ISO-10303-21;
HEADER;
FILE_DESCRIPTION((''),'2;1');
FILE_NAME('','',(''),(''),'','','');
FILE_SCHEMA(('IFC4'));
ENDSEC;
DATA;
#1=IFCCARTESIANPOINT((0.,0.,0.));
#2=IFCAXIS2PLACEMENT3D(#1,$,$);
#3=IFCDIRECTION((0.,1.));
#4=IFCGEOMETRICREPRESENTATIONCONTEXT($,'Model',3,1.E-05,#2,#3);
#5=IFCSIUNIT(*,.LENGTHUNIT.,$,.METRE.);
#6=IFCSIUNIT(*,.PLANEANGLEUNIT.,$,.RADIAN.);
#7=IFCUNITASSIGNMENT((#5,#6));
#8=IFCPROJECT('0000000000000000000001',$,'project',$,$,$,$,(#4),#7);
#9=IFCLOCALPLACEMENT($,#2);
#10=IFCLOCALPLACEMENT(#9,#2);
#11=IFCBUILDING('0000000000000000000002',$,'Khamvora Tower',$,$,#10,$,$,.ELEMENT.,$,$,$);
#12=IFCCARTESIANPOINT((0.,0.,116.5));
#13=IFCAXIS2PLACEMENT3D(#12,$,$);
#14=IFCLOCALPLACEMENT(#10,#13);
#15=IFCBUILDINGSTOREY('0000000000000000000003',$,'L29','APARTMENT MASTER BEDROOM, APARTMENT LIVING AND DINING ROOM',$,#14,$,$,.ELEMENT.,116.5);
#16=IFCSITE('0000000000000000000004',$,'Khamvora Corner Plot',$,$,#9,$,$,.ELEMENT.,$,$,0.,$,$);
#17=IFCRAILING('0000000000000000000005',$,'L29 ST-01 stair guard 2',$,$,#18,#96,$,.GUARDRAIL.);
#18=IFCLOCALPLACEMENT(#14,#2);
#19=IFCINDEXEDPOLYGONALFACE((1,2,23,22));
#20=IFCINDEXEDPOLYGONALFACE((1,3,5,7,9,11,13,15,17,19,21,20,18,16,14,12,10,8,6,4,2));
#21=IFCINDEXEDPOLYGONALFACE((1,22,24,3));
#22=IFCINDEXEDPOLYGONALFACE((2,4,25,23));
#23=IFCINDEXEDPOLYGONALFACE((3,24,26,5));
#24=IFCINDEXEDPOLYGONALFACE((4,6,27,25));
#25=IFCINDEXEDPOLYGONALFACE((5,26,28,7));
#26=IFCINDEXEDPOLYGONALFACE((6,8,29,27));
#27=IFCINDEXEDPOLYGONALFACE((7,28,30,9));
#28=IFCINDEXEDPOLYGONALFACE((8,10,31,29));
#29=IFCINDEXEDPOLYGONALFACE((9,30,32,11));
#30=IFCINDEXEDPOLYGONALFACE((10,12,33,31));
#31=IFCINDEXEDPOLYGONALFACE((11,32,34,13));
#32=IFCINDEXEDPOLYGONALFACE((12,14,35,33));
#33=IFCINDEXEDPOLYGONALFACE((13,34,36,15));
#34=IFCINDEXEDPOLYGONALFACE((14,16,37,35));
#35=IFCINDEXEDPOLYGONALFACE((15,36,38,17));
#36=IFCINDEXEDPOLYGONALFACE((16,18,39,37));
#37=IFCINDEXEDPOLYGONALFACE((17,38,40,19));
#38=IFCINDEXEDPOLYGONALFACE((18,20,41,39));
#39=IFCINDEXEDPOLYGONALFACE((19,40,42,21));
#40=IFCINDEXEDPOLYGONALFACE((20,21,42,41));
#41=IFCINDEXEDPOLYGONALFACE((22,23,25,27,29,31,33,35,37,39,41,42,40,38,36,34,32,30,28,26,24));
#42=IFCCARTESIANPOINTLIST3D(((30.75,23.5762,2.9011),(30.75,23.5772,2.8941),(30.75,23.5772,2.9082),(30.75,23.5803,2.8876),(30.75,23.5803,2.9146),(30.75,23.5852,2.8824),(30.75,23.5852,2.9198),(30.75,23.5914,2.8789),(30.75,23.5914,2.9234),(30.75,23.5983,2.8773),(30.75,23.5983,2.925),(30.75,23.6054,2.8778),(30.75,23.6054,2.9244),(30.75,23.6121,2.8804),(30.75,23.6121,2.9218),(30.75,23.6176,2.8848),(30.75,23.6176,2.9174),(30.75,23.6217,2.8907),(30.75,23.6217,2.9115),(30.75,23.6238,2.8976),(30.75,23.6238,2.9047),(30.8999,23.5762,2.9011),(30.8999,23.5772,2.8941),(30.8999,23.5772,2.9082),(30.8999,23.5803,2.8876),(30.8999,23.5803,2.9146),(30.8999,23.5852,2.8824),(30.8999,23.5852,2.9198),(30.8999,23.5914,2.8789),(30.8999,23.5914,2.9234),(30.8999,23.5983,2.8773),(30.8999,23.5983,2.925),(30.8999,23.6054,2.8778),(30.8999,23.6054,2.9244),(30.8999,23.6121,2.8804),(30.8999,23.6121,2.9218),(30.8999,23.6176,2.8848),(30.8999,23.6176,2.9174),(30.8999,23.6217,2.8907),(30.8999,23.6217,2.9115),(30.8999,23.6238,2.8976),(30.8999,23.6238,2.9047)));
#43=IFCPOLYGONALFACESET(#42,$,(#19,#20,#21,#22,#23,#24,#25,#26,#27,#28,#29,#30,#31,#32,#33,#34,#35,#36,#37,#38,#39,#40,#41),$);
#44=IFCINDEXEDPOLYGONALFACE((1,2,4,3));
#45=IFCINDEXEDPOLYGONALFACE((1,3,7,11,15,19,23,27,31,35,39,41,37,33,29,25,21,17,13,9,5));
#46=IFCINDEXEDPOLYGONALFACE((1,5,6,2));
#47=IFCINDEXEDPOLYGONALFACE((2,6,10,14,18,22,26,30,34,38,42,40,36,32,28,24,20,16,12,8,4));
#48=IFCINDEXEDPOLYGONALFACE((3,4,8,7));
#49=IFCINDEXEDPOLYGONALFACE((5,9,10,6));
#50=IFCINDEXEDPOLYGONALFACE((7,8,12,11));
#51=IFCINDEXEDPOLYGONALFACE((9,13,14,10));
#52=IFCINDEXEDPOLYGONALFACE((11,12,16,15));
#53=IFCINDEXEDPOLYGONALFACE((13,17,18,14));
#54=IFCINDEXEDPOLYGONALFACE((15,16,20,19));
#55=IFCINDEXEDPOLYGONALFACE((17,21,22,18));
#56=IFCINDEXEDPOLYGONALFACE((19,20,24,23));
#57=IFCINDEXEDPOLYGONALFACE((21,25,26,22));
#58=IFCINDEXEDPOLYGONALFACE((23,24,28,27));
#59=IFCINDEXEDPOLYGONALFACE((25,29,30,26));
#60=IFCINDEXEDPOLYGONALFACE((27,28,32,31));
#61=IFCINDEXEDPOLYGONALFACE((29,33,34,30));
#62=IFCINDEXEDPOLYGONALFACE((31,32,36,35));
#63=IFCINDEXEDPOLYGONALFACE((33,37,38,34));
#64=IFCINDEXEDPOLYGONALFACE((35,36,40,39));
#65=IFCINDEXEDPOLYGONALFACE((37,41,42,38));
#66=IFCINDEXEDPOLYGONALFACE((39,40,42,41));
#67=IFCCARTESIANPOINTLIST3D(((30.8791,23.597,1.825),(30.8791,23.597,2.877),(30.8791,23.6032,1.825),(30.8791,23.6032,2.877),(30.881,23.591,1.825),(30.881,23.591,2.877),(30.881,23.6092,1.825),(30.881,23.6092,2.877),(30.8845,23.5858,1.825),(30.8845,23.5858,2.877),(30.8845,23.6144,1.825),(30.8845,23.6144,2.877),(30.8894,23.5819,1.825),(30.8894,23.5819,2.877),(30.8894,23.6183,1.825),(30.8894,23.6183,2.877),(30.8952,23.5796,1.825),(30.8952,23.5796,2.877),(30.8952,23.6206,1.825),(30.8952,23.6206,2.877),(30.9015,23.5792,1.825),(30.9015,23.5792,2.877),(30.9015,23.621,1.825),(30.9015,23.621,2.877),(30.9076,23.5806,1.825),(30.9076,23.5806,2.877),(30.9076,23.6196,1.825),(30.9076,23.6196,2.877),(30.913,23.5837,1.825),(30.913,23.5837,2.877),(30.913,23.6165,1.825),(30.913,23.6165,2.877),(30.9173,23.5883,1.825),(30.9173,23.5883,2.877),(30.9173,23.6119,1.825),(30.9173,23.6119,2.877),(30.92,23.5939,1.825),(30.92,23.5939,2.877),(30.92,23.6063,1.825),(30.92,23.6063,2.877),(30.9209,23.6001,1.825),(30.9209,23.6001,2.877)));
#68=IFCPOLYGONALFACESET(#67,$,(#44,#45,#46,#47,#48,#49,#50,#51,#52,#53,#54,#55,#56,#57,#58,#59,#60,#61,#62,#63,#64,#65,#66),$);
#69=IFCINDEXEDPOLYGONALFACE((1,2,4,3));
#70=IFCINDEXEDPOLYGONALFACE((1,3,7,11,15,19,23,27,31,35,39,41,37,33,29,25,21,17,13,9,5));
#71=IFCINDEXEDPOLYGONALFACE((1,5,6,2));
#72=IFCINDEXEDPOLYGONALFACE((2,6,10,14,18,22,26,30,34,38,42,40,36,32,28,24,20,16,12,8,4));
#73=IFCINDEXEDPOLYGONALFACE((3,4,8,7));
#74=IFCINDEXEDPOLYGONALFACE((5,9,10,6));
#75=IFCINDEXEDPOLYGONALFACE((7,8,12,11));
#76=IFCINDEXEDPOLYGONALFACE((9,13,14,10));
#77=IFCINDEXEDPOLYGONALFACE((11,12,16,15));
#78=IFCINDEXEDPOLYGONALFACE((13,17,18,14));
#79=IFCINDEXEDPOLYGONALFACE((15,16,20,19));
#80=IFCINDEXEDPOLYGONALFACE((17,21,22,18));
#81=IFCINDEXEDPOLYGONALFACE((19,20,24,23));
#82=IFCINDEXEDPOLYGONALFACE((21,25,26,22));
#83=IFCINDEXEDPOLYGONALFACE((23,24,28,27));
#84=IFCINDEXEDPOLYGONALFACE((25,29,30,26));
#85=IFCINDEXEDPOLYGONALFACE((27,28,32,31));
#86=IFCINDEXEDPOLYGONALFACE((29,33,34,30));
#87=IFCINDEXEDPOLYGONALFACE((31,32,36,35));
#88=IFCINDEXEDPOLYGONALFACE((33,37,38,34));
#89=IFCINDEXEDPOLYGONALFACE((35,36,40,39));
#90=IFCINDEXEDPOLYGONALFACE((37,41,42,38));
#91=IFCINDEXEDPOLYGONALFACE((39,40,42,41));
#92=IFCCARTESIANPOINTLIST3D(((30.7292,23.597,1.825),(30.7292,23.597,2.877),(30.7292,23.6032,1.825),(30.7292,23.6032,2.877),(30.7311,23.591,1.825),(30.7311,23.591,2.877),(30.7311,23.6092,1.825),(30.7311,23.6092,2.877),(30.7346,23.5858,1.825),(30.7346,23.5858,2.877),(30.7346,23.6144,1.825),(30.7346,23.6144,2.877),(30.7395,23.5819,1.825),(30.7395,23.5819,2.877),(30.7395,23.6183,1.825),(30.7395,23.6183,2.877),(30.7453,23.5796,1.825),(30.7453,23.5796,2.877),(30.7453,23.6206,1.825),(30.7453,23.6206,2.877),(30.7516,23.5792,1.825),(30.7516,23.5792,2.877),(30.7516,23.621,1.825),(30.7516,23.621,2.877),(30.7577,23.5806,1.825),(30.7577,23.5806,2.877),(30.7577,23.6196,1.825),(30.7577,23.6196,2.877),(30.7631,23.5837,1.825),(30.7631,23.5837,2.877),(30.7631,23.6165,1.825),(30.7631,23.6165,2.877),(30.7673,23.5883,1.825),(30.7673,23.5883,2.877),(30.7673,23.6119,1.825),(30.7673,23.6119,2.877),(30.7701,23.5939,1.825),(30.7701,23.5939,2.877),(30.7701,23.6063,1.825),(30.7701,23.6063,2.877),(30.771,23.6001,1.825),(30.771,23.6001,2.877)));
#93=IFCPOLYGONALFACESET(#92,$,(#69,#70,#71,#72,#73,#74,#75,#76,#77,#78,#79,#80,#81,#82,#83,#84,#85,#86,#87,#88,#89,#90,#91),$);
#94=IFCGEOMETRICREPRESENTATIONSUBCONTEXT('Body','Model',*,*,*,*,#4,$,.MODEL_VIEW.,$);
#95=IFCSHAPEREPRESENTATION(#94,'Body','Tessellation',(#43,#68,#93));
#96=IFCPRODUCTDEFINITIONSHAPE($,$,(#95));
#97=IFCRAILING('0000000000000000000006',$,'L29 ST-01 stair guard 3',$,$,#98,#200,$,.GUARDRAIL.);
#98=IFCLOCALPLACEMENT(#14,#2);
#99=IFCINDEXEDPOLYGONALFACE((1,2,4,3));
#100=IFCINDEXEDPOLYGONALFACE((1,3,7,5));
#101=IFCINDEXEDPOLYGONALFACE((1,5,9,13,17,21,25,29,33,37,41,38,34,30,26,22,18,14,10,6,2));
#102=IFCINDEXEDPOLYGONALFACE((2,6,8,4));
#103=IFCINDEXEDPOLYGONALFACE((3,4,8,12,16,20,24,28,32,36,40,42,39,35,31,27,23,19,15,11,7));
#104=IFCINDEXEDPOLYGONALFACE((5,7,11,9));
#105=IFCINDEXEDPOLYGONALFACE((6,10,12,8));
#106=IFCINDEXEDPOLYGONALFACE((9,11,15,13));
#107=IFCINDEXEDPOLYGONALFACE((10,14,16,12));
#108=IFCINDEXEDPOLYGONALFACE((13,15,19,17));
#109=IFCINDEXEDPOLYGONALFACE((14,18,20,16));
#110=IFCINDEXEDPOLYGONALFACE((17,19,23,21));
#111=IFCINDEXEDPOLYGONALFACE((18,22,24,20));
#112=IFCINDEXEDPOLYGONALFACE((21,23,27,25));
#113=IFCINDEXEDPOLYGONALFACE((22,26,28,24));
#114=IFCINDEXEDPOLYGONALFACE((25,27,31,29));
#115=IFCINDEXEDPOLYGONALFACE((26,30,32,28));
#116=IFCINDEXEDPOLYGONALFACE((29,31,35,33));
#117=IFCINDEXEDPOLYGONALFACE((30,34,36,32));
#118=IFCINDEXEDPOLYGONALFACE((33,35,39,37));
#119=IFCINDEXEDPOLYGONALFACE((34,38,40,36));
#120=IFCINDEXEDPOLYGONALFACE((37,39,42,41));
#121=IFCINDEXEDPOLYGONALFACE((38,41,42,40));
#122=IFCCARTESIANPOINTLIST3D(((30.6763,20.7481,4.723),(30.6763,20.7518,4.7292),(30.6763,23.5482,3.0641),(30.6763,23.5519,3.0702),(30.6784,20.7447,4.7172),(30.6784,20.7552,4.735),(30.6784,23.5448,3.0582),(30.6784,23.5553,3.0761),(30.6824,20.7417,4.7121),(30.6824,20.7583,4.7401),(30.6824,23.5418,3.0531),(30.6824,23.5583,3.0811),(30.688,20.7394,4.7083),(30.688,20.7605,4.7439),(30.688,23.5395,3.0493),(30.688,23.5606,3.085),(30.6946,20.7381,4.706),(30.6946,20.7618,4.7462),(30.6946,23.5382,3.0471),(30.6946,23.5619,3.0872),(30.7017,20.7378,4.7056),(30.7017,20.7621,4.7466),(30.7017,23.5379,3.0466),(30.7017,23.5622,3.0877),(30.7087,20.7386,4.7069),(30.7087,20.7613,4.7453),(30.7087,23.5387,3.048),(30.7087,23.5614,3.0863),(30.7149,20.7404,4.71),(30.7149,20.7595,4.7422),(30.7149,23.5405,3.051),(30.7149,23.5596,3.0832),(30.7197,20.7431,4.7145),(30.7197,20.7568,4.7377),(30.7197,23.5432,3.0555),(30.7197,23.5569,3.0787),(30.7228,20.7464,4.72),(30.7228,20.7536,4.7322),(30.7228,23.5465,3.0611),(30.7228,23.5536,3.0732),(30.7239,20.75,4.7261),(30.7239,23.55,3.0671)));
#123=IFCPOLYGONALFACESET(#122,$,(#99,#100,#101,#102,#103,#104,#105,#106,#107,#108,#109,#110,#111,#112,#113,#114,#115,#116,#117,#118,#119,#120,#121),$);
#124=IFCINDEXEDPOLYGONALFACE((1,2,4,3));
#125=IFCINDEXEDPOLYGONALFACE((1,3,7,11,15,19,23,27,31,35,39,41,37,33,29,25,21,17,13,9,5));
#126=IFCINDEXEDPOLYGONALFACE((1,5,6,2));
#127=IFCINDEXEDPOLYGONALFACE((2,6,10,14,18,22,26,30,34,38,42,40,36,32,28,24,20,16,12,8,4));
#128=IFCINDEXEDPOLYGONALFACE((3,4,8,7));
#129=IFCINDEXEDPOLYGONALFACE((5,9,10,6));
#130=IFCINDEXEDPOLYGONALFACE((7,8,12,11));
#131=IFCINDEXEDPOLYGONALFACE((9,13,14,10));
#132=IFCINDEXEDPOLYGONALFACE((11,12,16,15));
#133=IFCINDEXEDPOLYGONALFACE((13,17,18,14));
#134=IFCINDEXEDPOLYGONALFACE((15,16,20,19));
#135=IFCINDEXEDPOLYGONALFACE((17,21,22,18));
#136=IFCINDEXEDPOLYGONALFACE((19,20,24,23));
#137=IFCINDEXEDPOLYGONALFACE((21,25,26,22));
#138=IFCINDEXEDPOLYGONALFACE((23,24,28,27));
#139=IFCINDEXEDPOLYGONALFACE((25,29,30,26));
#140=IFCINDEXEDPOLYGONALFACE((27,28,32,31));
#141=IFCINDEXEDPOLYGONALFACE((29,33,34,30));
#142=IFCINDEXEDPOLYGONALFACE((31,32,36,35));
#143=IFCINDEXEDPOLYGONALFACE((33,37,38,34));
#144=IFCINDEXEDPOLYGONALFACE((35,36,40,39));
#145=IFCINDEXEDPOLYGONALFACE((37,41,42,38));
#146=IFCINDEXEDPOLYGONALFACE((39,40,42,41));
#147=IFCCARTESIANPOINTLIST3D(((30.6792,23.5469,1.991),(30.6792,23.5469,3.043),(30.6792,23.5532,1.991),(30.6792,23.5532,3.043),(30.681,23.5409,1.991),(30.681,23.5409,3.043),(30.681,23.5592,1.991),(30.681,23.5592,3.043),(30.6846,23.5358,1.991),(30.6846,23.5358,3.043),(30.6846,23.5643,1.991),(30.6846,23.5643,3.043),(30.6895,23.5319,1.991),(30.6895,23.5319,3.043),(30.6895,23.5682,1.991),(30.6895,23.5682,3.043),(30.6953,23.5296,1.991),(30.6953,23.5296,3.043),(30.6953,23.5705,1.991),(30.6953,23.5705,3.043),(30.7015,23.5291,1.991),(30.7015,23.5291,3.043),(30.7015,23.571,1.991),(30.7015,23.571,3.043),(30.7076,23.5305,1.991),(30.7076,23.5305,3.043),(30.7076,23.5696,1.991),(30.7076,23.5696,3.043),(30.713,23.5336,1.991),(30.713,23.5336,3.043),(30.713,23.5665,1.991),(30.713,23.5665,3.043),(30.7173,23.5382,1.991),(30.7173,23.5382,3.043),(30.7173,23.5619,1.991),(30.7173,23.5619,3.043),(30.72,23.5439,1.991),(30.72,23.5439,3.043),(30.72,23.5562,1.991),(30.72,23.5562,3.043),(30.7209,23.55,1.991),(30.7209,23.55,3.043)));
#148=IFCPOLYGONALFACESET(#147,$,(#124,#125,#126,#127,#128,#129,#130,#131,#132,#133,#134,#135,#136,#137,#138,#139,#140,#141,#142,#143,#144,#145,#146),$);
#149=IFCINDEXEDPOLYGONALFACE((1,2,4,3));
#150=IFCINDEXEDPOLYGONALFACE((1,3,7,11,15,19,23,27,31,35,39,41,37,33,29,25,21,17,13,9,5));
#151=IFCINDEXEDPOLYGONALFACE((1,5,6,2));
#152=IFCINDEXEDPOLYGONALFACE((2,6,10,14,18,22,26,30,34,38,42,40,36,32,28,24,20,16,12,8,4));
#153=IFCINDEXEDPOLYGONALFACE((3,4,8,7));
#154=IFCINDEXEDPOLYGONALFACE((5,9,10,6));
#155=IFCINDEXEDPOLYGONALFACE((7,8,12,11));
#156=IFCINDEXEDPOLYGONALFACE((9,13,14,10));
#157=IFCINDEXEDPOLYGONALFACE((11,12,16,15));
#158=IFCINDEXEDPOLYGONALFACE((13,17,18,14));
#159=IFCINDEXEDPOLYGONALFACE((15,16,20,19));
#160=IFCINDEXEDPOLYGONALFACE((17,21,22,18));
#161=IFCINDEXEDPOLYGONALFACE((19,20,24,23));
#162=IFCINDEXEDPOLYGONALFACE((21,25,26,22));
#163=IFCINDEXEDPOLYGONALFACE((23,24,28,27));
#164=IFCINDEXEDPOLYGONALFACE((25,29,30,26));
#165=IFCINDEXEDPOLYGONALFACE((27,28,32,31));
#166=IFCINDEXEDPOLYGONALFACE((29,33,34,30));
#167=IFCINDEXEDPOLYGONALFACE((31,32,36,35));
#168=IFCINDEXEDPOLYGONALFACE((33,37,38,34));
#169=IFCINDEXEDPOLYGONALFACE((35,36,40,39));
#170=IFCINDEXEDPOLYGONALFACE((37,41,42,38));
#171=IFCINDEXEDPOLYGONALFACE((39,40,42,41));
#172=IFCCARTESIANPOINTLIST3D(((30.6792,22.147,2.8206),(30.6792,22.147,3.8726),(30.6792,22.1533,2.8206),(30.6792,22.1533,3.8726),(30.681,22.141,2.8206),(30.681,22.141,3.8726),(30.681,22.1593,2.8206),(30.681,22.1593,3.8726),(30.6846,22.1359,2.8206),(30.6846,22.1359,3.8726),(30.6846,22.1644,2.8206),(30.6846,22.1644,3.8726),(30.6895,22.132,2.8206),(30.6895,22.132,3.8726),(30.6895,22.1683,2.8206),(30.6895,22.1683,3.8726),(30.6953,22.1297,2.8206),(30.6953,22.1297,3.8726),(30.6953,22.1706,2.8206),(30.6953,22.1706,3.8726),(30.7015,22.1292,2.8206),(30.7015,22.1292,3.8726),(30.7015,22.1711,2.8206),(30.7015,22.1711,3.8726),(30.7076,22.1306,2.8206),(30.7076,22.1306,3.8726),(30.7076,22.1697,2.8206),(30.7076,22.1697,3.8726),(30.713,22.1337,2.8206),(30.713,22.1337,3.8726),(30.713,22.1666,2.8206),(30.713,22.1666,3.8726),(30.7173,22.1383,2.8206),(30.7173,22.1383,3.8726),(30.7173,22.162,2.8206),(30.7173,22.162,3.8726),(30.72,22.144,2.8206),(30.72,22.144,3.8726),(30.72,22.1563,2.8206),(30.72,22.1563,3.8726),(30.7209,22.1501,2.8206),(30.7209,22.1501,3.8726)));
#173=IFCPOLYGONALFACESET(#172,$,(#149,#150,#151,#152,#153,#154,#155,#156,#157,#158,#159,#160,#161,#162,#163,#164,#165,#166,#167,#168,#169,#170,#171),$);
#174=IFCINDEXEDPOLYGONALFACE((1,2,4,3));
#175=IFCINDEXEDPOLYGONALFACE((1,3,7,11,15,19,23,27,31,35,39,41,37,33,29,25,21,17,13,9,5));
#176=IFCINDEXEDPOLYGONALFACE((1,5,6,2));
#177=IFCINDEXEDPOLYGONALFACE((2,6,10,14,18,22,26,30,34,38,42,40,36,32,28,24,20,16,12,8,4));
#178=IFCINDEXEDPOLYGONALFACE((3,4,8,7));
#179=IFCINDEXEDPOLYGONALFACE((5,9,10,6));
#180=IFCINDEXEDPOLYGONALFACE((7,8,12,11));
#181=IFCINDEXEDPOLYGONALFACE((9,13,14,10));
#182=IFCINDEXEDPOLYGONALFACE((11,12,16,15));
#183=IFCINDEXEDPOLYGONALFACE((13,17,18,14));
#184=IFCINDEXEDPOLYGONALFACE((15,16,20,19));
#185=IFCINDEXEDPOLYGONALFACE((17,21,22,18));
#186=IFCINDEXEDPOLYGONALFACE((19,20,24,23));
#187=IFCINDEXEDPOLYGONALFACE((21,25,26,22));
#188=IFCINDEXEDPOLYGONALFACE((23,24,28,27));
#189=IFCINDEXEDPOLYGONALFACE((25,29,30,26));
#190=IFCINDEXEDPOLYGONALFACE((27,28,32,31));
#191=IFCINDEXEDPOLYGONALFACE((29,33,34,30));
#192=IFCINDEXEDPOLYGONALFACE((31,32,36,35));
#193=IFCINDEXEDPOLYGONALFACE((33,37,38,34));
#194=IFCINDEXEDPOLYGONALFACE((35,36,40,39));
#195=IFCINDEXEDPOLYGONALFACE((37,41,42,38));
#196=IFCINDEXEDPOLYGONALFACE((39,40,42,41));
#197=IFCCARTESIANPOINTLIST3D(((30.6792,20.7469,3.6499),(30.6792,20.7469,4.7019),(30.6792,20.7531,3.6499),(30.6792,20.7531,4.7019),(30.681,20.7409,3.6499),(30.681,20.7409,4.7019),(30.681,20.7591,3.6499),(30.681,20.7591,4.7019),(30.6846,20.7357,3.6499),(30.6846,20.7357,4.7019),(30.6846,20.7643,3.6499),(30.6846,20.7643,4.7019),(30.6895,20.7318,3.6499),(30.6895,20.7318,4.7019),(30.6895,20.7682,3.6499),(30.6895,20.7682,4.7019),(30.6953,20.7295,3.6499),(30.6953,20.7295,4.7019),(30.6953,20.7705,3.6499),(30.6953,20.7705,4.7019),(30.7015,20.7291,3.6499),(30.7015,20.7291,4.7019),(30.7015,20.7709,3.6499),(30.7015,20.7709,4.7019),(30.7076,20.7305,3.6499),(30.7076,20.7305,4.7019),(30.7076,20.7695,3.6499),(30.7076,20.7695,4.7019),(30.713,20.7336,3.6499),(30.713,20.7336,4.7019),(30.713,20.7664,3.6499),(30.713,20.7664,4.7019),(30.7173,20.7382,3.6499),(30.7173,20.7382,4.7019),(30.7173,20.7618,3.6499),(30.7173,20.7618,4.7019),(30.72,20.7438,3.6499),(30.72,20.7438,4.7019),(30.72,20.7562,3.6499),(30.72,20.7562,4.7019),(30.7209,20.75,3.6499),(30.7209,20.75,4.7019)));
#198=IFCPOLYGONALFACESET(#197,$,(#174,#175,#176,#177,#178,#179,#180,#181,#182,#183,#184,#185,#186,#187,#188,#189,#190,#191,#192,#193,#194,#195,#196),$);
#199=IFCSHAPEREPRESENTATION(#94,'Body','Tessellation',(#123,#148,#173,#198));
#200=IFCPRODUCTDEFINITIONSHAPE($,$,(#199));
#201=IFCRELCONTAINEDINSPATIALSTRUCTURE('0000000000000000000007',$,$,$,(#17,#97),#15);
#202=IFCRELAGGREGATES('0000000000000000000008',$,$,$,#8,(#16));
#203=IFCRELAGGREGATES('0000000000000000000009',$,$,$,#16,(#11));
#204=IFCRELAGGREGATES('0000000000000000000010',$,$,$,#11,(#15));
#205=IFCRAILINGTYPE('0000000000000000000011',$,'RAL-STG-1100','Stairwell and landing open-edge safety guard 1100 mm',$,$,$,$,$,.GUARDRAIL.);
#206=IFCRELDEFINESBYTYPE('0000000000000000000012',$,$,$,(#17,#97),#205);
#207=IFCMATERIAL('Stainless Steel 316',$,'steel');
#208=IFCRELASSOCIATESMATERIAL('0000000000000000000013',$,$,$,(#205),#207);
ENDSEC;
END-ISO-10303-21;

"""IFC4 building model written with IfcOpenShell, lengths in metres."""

from ifc_helpers import new_model, si_unit, direction, frame, origin, origin_2d, place, context, subcontext, project, spatial, circle, extrude, material, type_object, element, save


model = new_model("IFC4")

# Units and contexts
model_context = context("Model", 3, precision=1e-05, world=origin(), true_north=direction((0.0, 1.0)))
body_context = subcontext(model_context, "Body", "Model", "MODEL_VIEW")
ifc_project = project(units=[si_unit("LENGTHUNIT", "METRE"), si_unit("PLANEANGLEUNIT", "RADIAN")], contexts=[model_context])

# Site, building, storey
site_placement = place(None, origin())
site = spatial("IfcSite", under=ifc_project, at=site_placement, Name="Khamvora Corner Plot", CompositionType="ELEMENT", RefElevation=0.0)
building_placement = place(site_placement, origin())
building = spatial("IfcBuilding", under=site, at=building_placement, Name="Khamvora Tower", CompositionType="ELEMENT")
storey_placement = place(building_placement, frame((0.0, 0.0, 116.5)))
storey = spatial("IfcBuildingStorey", under=building, at=storey_placement, Name="L29", Description="APARTMENT MASTER BEDROOM, APARTMENT LIVING AND DINING ROOM", CompositionType="ELEMENT", Elevation=116.5)

# Railings
ifc_material_1 = material(Name="Stainless Steel 316", Category="steel")
railing_type_1 = type_object("IfcRailingType", Name="RAL-STG-1100", Description="Stairwell and landing open-edge safety guard 1100 mm", PredefinedType="GUARDRAIL", material=ifc_material_1)
railing_1_placement = place(storey_placement, frame((30.8999, 23.6001, 1.825)))
element("IfcRailing", 1, at=railing_1_placement, inside=storey, type_object=railing_type_1, Name="L29 ST-01 stair guard 2", PredefinedType="GUARDRAIL", context=body_context, shape_type="SweptSolid", body=[
    extrude(circle(Radius=0.0239, at=origin_2d()), frame((0.0, 0.0, 1.0762), z_axis=(-1.0, 0.0, 0.0), x_axis=(0.0, -1.0, 0.0)), (0.0, 0.0, 1.0), 0.1499),
    extrude(circle(Radius=0.021, at=origin_2d()), origin(), (0.0, 0.0, 1.0), 1.052),
    extrude(circle(Radius=0.021, at=origin_2d()), frame((-0.1499, 0.0, 0.0)), (0.0, 0.0, 1.0), 1.052),
])
railing_2_placement = place(storey_placement, frame((30.7, 23.55, 1.991)))
element("IfcRailing", 2, at=railing_2_placement, inside=storey, type_object=railing_type_1, Name="L29 ST-01 stair guard 3", PredefinedType="GUARDRAIL", context=body_context, shape_type="SweptSolid", body=[
    extrude(circle(Radius=0.0239, at=origin_2d()), frame((0.0, 0.0, 1.0762), z_axis=(0.0, -0.860339, 0.509722), x_axis=(1.0, 0.0, 0.0)), (0.0, 0.0, 1.0), 3.2546),
    extrude(circle(Radius=0.021, at=origin_2d()), origin(), (0.0, 0.0, 1.0), 1.052),
    extrude(circle(Radius=0.021, at=origin_2d()), frame((0.0, -1.3999, 0.8296)), (0.0, 0.0, 1.0), 1.052),
    extrude(circle(Radius=0.021, at=origin_2d()), frame((0.0, -2.8, 1.6589)), (0.0, 0.0, 1.0), 1.052),
])

save(model, "model.ifc")
